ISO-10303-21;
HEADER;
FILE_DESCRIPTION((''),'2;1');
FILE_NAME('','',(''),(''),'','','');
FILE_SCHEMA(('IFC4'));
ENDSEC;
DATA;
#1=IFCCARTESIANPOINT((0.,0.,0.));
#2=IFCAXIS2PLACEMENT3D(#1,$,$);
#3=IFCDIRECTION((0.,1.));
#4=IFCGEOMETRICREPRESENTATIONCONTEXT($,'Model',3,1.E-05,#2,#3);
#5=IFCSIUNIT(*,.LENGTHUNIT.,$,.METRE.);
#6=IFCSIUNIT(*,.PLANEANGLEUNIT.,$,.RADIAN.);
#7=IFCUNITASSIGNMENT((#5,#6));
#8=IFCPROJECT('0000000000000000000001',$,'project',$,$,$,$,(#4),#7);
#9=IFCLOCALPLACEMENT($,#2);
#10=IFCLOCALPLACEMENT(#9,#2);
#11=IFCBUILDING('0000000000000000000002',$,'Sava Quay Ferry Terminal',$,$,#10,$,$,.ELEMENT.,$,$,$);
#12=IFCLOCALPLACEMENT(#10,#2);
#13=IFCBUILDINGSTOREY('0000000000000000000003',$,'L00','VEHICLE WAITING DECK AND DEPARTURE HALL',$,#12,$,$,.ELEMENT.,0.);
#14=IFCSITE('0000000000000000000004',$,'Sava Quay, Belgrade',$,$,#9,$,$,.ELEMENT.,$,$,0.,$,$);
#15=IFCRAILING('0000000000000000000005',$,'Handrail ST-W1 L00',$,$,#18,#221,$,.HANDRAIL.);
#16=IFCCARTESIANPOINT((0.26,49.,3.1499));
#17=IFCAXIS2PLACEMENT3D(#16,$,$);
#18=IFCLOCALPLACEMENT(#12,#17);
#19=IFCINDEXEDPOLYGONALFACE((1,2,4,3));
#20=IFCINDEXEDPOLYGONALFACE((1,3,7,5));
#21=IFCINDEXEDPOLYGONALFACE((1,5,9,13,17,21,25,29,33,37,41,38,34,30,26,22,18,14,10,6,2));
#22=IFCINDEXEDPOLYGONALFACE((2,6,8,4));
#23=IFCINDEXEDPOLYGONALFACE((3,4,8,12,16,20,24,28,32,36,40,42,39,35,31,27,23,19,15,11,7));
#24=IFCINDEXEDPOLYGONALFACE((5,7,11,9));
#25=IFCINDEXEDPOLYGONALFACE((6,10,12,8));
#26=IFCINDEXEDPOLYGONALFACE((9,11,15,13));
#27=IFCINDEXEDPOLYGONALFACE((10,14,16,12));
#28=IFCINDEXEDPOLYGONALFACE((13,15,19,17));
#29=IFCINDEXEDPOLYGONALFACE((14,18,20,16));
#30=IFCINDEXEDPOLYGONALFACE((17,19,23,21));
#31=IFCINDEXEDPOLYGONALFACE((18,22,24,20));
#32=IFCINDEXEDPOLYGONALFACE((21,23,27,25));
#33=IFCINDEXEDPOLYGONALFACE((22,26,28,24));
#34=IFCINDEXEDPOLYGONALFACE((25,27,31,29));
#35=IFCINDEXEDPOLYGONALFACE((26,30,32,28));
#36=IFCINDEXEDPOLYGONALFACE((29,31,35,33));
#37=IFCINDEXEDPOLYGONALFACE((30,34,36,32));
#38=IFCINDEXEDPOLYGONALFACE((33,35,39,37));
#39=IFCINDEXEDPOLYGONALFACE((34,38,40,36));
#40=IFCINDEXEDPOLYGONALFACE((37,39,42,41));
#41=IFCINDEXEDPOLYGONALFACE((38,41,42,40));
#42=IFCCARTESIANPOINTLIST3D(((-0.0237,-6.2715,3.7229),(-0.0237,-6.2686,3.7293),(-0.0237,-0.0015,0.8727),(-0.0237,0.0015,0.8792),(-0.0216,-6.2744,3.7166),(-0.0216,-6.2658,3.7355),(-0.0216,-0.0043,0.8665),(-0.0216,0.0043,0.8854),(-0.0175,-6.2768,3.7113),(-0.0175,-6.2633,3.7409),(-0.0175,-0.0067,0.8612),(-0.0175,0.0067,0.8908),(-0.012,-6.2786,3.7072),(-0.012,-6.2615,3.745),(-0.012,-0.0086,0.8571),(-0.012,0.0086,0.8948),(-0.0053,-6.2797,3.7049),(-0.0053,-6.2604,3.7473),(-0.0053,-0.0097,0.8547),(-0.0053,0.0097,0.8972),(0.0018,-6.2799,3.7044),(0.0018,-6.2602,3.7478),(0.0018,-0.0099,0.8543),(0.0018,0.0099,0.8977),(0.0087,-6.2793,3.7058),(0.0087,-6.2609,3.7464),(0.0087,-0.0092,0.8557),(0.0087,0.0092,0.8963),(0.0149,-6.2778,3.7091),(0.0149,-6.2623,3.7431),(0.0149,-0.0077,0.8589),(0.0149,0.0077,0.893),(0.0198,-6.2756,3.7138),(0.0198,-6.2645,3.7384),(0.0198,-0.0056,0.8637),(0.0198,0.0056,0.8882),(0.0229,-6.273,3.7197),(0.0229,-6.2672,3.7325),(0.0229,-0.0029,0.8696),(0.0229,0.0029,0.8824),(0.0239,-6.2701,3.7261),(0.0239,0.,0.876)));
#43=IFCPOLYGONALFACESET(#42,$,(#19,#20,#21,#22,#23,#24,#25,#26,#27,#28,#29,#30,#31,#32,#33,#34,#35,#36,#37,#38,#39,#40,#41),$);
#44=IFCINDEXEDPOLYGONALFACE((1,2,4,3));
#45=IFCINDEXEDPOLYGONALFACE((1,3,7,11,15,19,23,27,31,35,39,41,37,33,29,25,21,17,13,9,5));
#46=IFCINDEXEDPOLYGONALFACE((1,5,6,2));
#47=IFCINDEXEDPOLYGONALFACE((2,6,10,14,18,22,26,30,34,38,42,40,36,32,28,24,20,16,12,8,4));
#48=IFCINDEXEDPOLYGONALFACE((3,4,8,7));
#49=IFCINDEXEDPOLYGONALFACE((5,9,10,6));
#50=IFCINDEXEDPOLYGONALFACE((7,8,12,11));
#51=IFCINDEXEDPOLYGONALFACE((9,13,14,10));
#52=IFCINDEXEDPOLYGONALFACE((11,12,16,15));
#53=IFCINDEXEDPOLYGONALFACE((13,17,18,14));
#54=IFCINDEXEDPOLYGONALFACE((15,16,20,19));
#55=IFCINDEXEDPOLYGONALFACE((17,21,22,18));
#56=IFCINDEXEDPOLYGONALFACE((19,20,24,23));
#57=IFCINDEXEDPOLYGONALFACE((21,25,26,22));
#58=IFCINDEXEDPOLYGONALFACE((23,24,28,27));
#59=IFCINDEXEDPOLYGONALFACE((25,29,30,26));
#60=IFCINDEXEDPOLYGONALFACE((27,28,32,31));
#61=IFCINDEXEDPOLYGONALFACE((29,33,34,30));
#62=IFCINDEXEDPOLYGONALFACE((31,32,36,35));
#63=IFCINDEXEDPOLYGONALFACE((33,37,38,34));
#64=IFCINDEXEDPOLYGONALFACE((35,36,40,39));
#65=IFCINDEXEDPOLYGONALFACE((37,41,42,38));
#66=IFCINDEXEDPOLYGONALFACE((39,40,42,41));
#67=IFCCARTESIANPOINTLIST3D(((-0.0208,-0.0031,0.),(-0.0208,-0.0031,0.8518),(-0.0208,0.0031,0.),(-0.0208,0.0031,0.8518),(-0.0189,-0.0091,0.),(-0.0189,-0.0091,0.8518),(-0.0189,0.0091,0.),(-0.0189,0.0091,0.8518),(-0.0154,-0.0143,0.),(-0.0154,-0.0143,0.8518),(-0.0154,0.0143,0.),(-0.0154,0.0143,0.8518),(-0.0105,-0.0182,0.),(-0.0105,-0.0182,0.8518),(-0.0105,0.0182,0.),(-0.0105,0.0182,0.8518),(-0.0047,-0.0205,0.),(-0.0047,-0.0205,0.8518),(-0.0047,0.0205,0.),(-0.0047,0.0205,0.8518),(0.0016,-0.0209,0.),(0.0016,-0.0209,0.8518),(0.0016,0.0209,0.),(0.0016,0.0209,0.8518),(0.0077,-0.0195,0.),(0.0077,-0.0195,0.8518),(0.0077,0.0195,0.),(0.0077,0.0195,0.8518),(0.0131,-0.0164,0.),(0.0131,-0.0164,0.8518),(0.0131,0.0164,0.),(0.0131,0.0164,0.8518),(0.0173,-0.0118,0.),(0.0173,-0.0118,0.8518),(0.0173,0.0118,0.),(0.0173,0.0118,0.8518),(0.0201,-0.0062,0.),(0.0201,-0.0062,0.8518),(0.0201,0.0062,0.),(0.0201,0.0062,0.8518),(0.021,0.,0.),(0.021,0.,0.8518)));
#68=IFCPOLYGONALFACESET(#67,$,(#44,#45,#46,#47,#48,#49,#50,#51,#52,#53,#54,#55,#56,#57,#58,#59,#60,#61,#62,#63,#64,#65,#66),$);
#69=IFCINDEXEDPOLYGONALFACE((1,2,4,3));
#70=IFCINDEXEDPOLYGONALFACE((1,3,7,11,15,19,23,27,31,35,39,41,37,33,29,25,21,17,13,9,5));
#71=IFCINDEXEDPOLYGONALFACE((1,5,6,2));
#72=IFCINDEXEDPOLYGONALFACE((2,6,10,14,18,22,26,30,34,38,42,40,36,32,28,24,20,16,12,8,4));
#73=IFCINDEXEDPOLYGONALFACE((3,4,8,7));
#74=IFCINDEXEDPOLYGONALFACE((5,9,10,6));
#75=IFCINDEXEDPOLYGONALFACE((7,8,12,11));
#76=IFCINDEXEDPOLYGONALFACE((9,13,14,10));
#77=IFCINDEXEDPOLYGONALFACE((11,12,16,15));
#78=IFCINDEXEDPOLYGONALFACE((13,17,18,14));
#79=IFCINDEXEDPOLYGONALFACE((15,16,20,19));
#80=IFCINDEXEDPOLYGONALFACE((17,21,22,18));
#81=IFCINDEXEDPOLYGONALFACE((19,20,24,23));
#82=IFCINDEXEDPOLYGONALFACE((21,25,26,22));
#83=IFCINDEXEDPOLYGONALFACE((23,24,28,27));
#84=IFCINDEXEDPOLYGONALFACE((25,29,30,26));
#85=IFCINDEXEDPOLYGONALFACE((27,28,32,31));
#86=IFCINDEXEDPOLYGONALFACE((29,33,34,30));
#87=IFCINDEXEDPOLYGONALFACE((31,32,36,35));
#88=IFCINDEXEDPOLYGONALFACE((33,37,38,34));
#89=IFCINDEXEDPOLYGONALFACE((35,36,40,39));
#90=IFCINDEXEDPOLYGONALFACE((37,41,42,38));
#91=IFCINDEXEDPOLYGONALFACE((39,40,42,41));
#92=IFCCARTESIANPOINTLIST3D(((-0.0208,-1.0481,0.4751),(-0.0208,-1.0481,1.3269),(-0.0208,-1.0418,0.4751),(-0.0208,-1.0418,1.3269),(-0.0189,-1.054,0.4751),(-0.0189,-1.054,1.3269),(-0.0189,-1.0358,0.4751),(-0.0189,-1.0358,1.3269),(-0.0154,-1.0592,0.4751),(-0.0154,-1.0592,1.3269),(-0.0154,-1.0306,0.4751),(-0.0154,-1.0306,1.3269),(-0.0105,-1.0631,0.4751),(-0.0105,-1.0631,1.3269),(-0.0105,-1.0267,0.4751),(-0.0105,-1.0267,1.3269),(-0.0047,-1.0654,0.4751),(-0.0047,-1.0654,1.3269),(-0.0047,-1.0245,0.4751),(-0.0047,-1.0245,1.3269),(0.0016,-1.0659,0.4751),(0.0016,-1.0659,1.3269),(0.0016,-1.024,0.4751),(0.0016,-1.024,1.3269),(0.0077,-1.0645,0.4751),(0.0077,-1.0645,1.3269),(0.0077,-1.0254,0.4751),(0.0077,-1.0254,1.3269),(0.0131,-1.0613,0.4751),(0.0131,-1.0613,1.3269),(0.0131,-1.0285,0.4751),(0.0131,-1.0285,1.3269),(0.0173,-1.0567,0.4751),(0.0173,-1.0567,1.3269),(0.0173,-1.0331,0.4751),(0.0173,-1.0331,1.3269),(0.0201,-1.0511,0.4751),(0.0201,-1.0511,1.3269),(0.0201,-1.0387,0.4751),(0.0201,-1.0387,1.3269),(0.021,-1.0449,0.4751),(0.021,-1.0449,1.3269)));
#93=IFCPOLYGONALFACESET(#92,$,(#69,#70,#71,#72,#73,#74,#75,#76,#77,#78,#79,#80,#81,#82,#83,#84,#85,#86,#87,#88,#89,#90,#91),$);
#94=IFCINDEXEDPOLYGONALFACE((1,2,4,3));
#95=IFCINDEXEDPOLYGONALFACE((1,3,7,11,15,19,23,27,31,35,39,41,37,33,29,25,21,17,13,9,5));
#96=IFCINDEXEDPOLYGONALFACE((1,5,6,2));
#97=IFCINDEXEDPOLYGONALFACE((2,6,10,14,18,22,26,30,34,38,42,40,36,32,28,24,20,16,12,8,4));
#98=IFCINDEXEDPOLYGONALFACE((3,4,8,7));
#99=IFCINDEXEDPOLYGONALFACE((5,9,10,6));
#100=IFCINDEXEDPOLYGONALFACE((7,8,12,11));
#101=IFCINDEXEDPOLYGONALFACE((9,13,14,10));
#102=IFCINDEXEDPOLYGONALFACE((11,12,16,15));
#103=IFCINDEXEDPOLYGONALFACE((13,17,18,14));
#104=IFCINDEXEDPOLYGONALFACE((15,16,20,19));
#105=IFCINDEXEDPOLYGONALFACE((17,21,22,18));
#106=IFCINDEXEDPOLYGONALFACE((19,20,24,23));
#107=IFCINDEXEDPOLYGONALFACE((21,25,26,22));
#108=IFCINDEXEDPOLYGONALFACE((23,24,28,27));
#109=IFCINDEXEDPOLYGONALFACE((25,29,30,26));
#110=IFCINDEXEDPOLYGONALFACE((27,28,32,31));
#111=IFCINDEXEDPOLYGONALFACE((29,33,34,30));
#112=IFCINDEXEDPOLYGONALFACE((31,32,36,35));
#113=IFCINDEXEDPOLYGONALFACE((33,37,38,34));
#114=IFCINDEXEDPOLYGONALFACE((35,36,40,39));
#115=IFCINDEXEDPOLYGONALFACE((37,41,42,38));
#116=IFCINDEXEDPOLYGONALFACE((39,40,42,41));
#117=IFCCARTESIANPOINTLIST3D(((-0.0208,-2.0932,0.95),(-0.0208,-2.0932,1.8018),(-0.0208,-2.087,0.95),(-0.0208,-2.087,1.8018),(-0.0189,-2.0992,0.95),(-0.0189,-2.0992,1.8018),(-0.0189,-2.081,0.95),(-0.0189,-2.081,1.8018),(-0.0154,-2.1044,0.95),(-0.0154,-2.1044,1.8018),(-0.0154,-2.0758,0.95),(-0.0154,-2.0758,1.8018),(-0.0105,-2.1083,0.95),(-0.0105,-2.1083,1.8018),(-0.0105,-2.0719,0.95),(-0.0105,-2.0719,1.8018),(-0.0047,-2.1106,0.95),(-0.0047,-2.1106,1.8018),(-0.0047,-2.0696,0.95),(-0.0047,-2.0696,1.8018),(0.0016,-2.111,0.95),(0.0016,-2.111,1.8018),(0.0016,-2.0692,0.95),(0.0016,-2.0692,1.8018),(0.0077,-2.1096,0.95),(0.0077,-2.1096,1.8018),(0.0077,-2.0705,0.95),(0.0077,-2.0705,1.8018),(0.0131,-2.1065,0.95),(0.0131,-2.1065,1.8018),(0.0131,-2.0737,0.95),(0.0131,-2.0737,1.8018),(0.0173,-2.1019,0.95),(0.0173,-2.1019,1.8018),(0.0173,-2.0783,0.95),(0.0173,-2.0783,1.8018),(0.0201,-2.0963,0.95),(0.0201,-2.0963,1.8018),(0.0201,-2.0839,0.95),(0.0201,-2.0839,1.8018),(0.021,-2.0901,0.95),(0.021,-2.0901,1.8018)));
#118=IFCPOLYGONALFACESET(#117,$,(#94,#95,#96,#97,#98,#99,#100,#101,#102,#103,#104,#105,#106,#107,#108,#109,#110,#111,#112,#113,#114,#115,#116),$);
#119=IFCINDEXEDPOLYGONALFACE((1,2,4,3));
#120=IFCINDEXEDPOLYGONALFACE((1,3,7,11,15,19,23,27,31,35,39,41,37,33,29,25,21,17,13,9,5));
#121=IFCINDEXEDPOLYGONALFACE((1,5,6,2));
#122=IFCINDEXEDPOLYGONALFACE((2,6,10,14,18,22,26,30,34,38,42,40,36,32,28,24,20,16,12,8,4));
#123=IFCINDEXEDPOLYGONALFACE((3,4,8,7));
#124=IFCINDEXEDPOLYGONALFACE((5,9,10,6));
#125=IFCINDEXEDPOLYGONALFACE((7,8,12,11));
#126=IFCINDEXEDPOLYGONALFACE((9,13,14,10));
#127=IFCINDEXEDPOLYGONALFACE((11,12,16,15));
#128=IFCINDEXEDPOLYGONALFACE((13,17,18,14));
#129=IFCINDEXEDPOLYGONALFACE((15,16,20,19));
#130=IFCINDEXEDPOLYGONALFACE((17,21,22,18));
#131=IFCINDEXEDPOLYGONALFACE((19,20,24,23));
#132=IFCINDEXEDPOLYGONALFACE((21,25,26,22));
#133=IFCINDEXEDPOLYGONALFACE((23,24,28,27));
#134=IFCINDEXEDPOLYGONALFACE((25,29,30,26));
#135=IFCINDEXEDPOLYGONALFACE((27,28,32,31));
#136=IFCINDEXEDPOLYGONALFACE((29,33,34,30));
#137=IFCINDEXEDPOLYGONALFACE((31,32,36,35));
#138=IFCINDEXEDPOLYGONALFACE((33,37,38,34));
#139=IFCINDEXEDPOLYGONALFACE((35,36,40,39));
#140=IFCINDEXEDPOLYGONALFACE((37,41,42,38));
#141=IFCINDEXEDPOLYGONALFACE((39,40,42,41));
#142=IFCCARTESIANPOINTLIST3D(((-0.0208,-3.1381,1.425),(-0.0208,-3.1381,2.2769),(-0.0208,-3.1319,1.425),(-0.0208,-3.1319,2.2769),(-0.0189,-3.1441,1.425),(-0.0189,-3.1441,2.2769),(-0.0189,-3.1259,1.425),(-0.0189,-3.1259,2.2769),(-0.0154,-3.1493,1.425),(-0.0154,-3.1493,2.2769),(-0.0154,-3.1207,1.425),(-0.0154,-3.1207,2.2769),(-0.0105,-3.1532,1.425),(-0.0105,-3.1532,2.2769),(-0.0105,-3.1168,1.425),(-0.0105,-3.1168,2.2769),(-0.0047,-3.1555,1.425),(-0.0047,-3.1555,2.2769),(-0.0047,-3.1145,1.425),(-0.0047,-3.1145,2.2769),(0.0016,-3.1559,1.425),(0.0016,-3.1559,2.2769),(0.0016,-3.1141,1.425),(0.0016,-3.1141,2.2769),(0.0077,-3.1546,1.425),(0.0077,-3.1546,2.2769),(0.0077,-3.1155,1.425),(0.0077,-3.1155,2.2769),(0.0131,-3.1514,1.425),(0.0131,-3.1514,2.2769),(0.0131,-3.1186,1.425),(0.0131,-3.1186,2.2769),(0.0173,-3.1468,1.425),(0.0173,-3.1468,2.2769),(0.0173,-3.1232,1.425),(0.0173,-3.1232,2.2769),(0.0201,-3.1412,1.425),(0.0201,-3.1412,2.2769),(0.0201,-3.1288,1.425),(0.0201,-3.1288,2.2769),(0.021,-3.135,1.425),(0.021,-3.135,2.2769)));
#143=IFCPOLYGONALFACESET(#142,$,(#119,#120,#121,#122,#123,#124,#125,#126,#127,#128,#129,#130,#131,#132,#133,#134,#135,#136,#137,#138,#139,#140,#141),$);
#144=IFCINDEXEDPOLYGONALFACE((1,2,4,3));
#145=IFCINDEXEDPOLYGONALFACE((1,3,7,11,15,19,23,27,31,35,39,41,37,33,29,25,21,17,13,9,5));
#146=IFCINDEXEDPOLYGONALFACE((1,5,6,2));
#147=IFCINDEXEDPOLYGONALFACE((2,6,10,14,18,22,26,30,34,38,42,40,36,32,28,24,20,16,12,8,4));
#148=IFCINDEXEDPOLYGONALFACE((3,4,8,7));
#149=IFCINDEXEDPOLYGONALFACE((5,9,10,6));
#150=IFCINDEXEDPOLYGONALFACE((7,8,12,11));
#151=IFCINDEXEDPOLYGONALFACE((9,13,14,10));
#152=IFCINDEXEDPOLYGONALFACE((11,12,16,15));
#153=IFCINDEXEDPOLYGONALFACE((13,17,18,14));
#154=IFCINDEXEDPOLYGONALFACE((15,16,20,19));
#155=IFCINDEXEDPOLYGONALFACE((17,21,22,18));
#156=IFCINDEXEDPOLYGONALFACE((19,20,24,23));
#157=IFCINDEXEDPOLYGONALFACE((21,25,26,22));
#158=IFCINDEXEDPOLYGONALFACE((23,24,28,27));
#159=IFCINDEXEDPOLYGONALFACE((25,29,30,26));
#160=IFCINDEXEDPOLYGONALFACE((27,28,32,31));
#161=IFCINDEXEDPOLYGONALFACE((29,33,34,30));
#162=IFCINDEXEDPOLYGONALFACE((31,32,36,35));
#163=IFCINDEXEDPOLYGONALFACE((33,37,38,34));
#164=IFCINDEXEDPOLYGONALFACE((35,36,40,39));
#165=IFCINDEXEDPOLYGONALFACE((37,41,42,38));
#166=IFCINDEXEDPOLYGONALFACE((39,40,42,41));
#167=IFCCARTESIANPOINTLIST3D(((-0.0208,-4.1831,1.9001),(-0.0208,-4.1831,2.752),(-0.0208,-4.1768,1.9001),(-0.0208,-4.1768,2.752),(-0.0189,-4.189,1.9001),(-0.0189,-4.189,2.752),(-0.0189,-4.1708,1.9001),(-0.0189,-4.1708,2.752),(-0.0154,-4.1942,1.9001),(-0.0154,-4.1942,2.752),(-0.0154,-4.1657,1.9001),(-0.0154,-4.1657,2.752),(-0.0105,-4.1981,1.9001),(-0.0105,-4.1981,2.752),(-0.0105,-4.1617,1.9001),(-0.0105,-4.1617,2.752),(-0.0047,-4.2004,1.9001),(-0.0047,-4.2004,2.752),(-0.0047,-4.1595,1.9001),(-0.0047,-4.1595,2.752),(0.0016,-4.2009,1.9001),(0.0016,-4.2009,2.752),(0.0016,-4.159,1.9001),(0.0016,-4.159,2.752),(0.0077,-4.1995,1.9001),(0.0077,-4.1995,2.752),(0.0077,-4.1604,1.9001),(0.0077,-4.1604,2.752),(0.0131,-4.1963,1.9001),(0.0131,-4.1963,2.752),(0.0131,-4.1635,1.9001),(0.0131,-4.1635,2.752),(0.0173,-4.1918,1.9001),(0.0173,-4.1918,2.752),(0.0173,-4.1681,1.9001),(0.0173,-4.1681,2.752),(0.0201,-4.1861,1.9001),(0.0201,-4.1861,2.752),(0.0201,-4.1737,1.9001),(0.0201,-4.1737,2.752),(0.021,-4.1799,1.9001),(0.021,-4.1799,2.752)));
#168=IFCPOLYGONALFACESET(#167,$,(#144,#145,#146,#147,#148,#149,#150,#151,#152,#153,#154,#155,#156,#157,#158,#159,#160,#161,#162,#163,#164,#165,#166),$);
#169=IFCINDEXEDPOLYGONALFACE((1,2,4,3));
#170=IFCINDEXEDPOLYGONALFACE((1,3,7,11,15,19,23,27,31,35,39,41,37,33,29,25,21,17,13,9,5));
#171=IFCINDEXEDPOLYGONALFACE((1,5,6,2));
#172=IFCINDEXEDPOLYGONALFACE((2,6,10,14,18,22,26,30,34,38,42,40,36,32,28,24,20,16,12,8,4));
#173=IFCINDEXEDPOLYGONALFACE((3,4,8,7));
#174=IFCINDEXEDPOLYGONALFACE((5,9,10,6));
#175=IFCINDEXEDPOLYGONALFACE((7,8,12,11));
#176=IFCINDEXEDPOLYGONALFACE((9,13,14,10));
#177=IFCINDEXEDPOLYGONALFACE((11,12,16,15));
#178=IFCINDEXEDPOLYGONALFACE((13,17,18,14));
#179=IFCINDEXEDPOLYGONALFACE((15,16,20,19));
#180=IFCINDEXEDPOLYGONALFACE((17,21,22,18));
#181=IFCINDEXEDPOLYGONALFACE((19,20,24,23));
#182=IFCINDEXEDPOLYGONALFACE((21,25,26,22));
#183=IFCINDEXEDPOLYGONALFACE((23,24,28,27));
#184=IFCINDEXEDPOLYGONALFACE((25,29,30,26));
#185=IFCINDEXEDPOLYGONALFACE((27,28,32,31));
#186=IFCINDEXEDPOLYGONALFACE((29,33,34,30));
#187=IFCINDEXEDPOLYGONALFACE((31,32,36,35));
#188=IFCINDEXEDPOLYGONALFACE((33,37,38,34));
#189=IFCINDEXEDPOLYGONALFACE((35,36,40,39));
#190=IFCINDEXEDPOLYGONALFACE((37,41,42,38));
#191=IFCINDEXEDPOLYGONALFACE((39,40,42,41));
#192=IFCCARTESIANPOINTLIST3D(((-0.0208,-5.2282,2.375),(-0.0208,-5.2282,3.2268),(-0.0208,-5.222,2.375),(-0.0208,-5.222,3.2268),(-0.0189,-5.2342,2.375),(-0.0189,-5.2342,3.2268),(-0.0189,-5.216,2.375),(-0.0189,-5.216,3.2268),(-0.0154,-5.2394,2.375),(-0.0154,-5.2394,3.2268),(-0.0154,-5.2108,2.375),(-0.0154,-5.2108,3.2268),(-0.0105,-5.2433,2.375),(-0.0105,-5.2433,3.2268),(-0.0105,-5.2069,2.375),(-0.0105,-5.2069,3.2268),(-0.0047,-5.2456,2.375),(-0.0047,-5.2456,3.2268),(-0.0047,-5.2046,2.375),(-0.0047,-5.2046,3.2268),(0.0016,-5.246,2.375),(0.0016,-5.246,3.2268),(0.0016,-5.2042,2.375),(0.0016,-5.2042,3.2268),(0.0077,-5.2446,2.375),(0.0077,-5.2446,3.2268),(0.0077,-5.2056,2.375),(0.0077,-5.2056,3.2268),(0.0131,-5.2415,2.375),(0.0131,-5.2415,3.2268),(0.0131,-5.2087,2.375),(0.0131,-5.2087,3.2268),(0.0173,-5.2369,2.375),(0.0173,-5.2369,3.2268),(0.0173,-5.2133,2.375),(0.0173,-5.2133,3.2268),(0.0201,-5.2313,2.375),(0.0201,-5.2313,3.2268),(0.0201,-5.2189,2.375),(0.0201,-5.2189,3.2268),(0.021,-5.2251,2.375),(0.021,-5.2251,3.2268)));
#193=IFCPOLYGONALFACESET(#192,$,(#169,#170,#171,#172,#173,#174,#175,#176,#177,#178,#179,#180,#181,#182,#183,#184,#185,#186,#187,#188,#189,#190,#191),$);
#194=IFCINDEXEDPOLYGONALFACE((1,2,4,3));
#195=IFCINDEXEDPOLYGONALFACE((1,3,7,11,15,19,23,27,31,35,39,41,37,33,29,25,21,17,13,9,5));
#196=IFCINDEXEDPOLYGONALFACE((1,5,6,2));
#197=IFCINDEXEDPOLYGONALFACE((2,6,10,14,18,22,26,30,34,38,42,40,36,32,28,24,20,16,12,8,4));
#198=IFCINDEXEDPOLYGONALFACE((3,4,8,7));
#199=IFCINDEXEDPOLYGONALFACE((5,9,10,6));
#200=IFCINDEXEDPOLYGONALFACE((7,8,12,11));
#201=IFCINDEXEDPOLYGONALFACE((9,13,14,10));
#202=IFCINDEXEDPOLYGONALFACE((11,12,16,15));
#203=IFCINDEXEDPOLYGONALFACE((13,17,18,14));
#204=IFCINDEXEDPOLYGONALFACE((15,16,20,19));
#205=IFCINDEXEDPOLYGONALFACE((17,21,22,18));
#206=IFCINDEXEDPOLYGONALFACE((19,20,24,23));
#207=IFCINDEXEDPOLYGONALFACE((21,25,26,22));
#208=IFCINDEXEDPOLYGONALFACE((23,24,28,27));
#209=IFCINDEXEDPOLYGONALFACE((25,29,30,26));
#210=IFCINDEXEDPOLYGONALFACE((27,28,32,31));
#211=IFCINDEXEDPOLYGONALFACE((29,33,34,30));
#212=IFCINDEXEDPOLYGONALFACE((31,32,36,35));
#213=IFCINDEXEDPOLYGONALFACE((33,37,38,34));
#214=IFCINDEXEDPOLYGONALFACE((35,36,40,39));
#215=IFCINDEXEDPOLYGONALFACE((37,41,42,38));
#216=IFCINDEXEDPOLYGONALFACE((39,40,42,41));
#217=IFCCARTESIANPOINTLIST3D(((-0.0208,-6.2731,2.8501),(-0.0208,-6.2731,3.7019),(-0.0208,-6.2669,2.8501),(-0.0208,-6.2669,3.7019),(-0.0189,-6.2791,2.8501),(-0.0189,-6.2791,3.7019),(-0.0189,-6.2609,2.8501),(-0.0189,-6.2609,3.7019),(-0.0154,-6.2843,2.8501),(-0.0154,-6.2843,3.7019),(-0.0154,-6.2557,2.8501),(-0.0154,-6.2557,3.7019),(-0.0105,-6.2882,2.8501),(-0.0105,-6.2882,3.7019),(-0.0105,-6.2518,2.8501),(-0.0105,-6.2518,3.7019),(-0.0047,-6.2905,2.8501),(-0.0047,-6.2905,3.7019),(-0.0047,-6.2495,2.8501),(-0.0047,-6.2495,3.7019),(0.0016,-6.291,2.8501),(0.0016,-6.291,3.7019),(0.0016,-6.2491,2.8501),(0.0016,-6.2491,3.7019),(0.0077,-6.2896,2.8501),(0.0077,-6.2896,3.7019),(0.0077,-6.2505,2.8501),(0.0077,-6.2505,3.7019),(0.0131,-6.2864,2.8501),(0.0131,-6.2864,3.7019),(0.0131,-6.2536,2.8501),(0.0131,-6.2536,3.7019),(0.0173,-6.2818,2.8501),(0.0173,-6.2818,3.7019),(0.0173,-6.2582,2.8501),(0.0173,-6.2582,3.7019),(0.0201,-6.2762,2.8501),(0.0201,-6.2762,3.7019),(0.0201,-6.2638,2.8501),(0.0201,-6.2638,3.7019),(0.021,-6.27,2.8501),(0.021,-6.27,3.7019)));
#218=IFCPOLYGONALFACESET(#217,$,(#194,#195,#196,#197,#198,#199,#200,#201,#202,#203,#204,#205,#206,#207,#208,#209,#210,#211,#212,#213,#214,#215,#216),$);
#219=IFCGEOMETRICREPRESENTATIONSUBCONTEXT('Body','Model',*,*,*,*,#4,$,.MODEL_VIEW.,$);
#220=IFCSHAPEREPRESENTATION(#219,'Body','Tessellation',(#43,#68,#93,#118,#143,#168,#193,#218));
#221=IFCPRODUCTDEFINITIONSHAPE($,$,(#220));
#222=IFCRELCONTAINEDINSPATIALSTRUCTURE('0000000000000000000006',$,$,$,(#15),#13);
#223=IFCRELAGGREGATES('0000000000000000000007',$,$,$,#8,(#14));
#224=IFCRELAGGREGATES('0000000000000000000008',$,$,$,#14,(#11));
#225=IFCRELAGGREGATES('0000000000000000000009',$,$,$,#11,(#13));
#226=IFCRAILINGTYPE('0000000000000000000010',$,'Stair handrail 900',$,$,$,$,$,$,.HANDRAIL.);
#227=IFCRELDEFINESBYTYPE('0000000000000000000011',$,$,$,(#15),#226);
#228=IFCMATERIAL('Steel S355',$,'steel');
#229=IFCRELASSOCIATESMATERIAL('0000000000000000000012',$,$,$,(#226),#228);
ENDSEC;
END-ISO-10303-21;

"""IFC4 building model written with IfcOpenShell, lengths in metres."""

from ifc_helpers import new_model, si_unit, direction, frame, origin, origin_2d, place, context, subcontext, project, spatial, circle, extrude, material, type_object, element, save


model = new_model("IFC4")

# Units and contexts
model_context = context("Model", 3, precision=1e-05, world=origin(), true_north=direction((0.0, 1.0)))
body_context = subcontext(model_context, "Body", "Model", "MODEL_VIEW")
ifc_project = project(units=[si_unit("LENGTHUNIT", "METRE"), si_unit("PLANEANGLEUNIT", "RADIAN")], contexts=[model_context])

# Site, building, storey
site_placement = place(None, origin())
site = spatial("IfcSite", under=ifc_project, at=site_placement, Name="Sava Quay, Belgrade", CompositionType="ELEMENT", RefElevation=0.0)
building_placement = place(site_placement, origin())
building = spatial("IfcBuilding", under=site, at=building_placement, Name="Sava Quay Ferry Terminal", CompositionType="ELEMENT")
storey_placement = place(building_placement, origin())
storey = spatial("IfcBuildingStorey", under=building, at=storey_placement, Name="L00", Description="VEHICLE WAITING DECK AND DEPARTURE HALL", CompositionType="ELEMENT", Elevation=0.0)

# Railing
ifc_material_1 = material(Name="Steel S355", Category="steel")
railing_type_1 = type_object("IfcRailingType", Name="Stair handrail 900", PredefinedType="HANDRAIL", material=ifc_material_1)
railing_1_placement = place(storey_placement, frame((0.26, 49.0, 3.1499)))
element("IfcRailing", 1, at=railing_1_placement, inside=storey, type_object=railing_type_1, Name="Handrail ST-W1 L00", PredefinedType="HANDRAIL", context=body_context, shape_type="SweptSolid", body=[
    extrude(circle(Radius=0.0239, at=origin_2d()), frame((0.0, 0.0, 0.876), z_axis=(0.0, -0.910362, 0.413814), x_axis=(1.0, 0.0, 0.0)), (0.0, 0.0, 1.0), 6.8875),
    extrude(circle(Radius=0.021, at=origin_2d()), origin(), (0.0, 0.0, 1.0), 0.8518),
    extrude(circle(Radius=0.021, at=origin_2d()), frame((0.0, -1.0449, 0.4751)), (0.0, 0.0, 1.0), 0.8518),
    extrude(circle(Radius=0.021, at=origin_2d()), frame((0.0, -2.0901, 0.95)), (0.0, 0.0, 1.0), 0.8518),
    extrude(circle(Radius=0.021, at=origin_2d()), frame((0.0, -3.135, 1.425)), (0.0, 0.0, 1.0), 0.8518),
    extrude(circle(Radius=0.021, at=origin_2d()), frame((0.0, -4.1799, 1.9001)), (0.0, 0.0, 1.0), 0.8518),
    extrude(circle(Radius=0.021, at=origin_2d()), frame((0.0, -5.2251, 2.375)), (0.0, 0.0, 1.0), 0.8518),
    extrude(circle(Radius=0.021, at=origin_2d()), frame((0.0, -6.27, 2.8501)), (0.0, 0.0, 1.0), 0.8518),
])

save(model, "model.ifc")
